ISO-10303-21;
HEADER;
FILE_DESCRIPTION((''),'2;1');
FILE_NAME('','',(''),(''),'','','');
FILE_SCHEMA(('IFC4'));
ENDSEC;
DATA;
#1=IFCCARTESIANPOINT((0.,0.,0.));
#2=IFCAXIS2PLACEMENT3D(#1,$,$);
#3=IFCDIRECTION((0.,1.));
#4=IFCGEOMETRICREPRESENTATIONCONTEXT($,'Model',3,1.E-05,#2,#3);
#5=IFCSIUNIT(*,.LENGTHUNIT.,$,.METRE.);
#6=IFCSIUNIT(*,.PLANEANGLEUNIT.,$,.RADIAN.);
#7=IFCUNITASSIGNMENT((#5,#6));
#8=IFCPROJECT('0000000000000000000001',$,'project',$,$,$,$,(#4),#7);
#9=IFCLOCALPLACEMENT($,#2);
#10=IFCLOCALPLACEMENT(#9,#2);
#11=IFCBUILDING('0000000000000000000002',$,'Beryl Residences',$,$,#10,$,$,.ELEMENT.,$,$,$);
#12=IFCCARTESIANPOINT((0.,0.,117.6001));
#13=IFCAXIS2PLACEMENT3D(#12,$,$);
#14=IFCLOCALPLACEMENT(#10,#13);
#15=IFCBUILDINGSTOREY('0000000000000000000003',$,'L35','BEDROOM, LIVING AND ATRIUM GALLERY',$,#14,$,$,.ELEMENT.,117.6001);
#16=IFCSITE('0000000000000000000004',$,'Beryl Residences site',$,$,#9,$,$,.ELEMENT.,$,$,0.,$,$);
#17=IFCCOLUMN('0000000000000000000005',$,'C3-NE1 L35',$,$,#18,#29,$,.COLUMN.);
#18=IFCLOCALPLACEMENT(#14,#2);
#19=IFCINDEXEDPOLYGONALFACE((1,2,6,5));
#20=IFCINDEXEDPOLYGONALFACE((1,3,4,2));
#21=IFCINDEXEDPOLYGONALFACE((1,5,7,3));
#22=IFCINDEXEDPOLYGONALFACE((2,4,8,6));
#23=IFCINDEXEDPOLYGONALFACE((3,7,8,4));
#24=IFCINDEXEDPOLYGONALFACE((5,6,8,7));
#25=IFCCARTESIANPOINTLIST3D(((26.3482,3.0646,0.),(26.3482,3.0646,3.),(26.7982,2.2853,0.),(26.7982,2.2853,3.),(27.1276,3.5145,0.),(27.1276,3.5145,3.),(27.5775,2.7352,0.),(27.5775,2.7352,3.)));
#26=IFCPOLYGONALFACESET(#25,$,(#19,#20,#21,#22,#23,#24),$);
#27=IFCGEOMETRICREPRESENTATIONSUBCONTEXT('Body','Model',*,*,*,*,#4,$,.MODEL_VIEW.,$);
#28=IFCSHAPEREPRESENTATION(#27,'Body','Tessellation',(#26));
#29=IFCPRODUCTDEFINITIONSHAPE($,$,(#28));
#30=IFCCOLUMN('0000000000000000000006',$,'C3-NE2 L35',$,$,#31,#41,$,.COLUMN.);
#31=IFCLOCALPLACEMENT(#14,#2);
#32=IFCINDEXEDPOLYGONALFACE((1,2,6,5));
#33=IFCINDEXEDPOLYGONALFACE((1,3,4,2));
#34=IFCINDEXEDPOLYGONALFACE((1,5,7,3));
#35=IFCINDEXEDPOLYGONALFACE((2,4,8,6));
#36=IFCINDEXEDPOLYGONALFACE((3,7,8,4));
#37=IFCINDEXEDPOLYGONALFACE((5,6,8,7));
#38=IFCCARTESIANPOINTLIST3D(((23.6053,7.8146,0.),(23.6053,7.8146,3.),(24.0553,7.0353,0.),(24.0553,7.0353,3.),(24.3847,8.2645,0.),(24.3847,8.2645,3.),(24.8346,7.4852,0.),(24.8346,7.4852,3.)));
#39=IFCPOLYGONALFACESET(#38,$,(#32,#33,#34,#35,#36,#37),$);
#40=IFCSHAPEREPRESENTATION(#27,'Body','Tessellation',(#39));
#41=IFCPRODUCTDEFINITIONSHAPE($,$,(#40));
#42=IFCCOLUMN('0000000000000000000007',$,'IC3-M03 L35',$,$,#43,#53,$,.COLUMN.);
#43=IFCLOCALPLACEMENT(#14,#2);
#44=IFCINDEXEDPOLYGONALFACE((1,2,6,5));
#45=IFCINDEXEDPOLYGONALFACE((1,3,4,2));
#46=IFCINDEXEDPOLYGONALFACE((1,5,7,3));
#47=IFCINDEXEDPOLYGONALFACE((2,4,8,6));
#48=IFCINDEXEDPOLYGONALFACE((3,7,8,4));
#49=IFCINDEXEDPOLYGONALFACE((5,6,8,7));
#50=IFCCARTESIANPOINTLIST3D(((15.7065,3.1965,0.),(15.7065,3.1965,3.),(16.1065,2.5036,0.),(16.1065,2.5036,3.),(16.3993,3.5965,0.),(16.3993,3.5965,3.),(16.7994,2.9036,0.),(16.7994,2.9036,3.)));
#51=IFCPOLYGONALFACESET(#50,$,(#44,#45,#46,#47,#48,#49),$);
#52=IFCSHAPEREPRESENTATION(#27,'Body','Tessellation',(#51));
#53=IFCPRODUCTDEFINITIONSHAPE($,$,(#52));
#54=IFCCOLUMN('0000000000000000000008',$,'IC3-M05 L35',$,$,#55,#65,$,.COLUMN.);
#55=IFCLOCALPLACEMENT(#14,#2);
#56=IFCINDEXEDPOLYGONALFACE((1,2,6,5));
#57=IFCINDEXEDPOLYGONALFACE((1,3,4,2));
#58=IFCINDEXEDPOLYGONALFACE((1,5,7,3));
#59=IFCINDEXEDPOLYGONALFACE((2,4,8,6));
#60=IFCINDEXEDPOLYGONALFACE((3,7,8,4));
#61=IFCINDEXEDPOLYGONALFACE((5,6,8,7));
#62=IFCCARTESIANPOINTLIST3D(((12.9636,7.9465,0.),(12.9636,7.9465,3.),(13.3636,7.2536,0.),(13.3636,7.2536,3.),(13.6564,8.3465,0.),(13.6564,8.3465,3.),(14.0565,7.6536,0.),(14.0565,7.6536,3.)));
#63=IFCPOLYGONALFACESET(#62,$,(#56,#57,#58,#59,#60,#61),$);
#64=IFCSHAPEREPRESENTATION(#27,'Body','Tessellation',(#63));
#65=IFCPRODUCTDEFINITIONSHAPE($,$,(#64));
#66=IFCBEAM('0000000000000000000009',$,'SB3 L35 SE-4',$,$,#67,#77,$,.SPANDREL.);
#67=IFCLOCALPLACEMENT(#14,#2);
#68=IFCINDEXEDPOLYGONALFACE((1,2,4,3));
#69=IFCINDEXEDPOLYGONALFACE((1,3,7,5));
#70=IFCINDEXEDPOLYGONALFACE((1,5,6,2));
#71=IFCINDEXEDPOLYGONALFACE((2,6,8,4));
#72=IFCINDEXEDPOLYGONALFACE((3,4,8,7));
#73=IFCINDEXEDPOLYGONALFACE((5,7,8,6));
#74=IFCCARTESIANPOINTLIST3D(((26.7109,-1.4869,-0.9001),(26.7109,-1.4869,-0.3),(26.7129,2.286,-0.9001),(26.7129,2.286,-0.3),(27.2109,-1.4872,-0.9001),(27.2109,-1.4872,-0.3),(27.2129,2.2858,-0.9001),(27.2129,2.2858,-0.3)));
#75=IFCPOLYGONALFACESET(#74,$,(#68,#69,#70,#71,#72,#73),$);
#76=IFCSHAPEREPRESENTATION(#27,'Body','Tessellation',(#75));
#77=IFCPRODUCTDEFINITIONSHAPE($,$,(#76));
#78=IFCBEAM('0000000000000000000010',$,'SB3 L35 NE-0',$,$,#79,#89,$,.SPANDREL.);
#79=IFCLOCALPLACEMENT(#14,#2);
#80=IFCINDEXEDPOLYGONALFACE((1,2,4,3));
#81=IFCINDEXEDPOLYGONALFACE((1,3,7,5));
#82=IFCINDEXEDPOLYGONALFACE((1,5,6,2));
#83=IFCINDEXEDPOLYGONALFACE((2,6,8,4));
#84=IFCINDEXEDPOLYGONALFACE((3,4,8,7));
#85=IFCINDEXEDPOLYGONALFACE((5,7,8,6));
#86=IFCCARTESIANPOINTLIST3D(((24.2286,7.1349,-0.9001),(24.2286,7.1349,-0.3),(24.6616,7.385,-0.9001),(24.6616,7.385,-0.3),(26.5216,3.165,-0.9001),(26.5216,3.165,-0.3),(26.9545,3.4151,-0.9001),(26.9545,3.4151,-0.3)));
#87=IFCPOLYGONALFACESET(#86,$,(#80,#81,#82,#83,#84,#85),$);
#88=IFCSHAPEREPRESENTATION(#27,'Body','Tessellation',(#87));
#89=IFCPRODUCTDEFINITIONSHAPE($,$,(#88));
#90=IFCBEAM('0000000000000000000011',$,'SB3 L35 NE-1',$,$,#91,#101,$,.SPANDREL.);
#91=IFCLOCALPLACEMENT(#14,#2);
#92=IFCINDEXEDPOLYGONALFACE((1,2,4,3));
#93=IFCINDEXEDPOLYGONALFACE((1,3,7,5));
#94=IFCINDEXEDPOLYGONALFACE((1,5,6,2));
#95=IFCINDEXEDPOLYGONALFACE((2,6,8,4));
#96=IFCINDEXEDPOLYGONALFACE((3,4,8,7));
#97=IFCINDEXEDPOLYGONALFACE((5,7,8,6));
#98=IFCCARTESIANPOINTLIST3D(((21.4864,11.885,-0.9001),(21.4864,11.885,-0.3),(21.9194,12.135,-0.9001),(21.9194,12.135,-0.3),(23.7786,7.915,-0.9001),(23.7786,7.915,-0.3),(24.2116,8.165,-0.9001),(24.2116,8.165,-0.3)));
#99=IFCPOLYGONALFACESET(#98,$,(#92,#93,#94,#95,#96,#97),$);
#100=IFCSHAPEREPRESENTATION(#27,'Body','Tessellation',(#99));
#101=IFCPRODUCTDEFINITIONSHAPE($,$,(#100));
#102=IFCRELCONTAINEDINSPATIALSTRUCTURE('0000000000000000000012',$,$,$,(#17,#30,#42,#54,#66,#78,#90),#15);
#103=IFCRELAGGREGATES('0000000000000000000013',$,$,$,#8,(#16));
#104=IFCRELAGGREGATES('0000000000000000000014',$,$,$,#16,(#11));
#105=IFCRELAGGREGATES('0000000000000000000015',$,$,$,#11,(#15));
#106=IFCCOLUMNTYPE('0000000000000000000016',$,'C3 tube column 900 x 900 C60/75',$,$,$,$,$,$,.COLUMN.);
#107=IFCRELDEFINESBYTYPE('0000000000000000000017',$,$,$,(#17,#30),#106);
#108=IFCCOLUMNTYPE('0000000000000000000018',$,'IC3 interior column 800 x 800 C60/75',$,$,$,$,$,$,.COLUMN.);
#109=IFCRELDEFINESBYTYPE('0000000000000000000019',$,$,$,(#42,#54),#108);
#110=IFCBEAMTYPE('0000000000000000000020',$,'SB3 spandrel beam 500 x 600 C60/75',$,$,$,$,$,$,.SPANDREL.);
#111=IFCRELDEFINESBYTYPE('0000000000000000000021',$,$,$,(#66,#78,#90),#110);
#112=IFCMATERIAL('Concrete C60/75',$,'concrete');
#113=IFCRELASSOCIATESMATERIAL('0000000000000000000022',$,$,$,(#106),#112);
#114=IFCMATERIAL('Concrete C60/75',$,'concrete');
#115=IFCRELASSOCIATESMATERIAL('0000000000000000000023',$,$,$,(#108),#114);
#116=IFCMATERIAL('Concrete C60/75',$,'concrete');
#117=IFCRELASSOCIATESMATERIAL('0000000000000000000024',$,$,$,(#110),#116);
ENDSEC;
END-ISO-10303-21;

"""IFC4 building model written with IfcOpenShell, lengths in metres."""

from ifc_helpers import new_model, si_unit, direction, frame, origin, origin_2d, place, context, subcontext, project, spatial, rectangle, extrude, material, material_profile, profile_set, type_object, element, save


model = new_model("IFC4")

# Units and contexts
model_context = context("Model", 3, precision=1e-05, world=origin(), true_north=direction((0.0, 1.0)))
body_context = subcontext(model_context, "Body", "Model", "MODEL_VIEW")
ifc_project = project(units=[si_unit("LENGTHUNIT", "METRE"), si_unit("PLANEANGLEUNIT", "RADIAN")], contexts=[model_context])

# Site, building, storey
site_placement = place(None, origin())
site = spatial("IfcSite", under=ifc_project, at=site_placement, Name="Beryl Residences site", CompositionType="ELEMENT", RefElevation=0.0)
building_placement = place(site_placement, origin())
building = spatial("IfcBuilding", under=site, at=building_placement, Name="Beryl Residences", CompositionType="ELEMENT")
storey_placement = place(building_placement, frame((0.0, 0.0, 117.6001)))
storey = spatial("IfcBuildingStorey", under=building, at=storey_placement, Name="L35", Description="BEDROOM, LIVING AND ATRIUM GALLERY", CompositionType="ELEMENT", Elevation=117.6001)

# Columns
ifc_material_1 = material(Name="Concrete C60/75", Category="concrete")
ifc_material_profile_1 = material_profile(ifc_material_1, rectangle(XDim=0.8999, YDim=0.8999, at=origin_2d()))
ifc_profile_set_1 = profile_set([ifc_material_profile_1], Name="Concrete C60/75")
column_type_1 = type_object("IfcColumnType", Name="C3 tube column 900 x 900 C60/75", PredefinedType="COLUMN", material=ifc_profile_set_1)
for number, where, z_axis, x_axis, name in (
    (1, (26.9629, 2.8999, 0.0), (0.0, 0.0, 1.0), (-0.5, 0.866025, 0.0), "C3-NE1 L35"),
    (2, (24.22, 7.6499, 0.0), (0.0, 0.0, 1.0), (-0.5, 0.866025, 0.0), "C3-NE2 L35"),
):
    element("IfcColumn", number, at=place(storey_placement, frame(where, z_axis=z_axis, x_axis=x_axis)), inside=storey, type_object=column_type_1, Name=name, PredefinedType="COLUMN", context=body_context, shape_type="SweptSolid", body=[
        extrude(rectangle(XDim=0.8999, YDim=0.8999, at=origin_2d()), origin(), (0.0, 0.0, 1.0), 3.0),
    ])
ifc_material_2 = material(Name="Concrete C60/75", Category="concrete")
ifc_material_profile_2 = material_profile(ifc_material_2, rectangle(XDim=0.8, YDim=0.8, at=origin_2d()))
ifc_profile_set_2 = profile_set([ifc_material_profile_2], Name="Concrete C60/75")
column_type_2 = type_object("IfcColumnType", Name="IC3 interior column 800 x 800 C60/75", PredefinedType="COLUMN", material=ifc_profile_set_2)
for number, where, z_axis, x_axis, name in (
    (3, (16.2529, 3.05, 0.0), (0.0, 0.0, 1.0), (-0.5, 0.866025, 0.0), "IC3-M03 L35"),
    (4, (13.51, 7.8, 0.0), (0.0, 0.0, 1.0), (-0.5, 0.866025, 0.0), "IC3-M05 L35"),
):
    element("IfcColumn", number, at=place(storey_placement, frame(where, z_axis=z_axis, x_axis=x_axis)), inside=storey, type_object=column_type_2, Name=name, PredefinedType="COLUMN", context=body_context, shape_type="SweptSolid", body=[
        extrude(rectangle(XDim=0.8, YDim=0.8, at=origin_2d()), origin(), (0.0, 0.0, 1.0), 3.0),
    ])

# Beams
ifc_material_3 = material(Name="Concrete C60/75", Category="concrete")
ifc_material_profile_3 = material_profile(ifc_material_3, rectangle(XDim=0.5, YDim=0.6001, at=origin_2d()))
ifc_profile_set_3 = profile_set([ifc_material_profile_3], Name="Concrete C60/75")
beam_type = type_object("IfcBeamType", Name="SB3 spandrel beam 500 x 600 C60/75", PredefinedType="SPANDREL", material=ifc_profile_set_3)
beam_1_placement = place(storey_placement, frame((26.9609, -1.4871, -0.6001), z_axis=(0.000518, 1.0, 0.0), x_axis=(-1.0, 0.000518, 0.0)))
element("IfcBeam", 5, at=beam_1_placement, inside=storey, type_object=beam_type, Name="SB3 L35 SE-4", PredefinedType="SPANDREL", context=body_context, shape_type="SweptSolid", body=[
    extrude(rectangle(XDim=0.5, YDim=0.6001, at=origin_2d()), origin(), (0.0, 0.0, 1.0), 3.7729),
])
beam_2_placement = place(storey_placement, frame((26.738, 3.29, -0.6001), z_axis=(-0.500148, 0.86594, 0.0), x_axis=(-0.86594, -0.500148, 0.0)))
element("IfcBeam", 6, at=beam_2_placement, inside=storey, type_object=beam_type, Name="SB3 L35 NE-0", PredefinedType="SPANDREL", context=body_context, shape_type="SweptSolid", body=[
    extrude(rectangle(XDim=0.5, YDim=0.6001, at=origin_2d()), origin(), (0.0, 0.0, 1.0), 4.5845),
])
beam_3_placement = place(storey_placement, frame((23.9951, 8.04, -0.6001), z_axis=(-0.500028, 0.866009, 0.0), x_axis=(-0.866009, -0.500028, 0.0)))
element("IfcBeam", 7, at=beam_3_placement, inside=storey, type_object=beam_type, Name="SB3 L35 NE-1", PredefinedType="SPANDREL", context=body_context, shape_type="SweptSolid", body=[
    extrude(rectangle(XDim=0.5, YDim=0.6001, at=origin_2d()), origin(), (0.0, 0.0, 1.0), 4.5842),
])

save(model, "model.ifc")
